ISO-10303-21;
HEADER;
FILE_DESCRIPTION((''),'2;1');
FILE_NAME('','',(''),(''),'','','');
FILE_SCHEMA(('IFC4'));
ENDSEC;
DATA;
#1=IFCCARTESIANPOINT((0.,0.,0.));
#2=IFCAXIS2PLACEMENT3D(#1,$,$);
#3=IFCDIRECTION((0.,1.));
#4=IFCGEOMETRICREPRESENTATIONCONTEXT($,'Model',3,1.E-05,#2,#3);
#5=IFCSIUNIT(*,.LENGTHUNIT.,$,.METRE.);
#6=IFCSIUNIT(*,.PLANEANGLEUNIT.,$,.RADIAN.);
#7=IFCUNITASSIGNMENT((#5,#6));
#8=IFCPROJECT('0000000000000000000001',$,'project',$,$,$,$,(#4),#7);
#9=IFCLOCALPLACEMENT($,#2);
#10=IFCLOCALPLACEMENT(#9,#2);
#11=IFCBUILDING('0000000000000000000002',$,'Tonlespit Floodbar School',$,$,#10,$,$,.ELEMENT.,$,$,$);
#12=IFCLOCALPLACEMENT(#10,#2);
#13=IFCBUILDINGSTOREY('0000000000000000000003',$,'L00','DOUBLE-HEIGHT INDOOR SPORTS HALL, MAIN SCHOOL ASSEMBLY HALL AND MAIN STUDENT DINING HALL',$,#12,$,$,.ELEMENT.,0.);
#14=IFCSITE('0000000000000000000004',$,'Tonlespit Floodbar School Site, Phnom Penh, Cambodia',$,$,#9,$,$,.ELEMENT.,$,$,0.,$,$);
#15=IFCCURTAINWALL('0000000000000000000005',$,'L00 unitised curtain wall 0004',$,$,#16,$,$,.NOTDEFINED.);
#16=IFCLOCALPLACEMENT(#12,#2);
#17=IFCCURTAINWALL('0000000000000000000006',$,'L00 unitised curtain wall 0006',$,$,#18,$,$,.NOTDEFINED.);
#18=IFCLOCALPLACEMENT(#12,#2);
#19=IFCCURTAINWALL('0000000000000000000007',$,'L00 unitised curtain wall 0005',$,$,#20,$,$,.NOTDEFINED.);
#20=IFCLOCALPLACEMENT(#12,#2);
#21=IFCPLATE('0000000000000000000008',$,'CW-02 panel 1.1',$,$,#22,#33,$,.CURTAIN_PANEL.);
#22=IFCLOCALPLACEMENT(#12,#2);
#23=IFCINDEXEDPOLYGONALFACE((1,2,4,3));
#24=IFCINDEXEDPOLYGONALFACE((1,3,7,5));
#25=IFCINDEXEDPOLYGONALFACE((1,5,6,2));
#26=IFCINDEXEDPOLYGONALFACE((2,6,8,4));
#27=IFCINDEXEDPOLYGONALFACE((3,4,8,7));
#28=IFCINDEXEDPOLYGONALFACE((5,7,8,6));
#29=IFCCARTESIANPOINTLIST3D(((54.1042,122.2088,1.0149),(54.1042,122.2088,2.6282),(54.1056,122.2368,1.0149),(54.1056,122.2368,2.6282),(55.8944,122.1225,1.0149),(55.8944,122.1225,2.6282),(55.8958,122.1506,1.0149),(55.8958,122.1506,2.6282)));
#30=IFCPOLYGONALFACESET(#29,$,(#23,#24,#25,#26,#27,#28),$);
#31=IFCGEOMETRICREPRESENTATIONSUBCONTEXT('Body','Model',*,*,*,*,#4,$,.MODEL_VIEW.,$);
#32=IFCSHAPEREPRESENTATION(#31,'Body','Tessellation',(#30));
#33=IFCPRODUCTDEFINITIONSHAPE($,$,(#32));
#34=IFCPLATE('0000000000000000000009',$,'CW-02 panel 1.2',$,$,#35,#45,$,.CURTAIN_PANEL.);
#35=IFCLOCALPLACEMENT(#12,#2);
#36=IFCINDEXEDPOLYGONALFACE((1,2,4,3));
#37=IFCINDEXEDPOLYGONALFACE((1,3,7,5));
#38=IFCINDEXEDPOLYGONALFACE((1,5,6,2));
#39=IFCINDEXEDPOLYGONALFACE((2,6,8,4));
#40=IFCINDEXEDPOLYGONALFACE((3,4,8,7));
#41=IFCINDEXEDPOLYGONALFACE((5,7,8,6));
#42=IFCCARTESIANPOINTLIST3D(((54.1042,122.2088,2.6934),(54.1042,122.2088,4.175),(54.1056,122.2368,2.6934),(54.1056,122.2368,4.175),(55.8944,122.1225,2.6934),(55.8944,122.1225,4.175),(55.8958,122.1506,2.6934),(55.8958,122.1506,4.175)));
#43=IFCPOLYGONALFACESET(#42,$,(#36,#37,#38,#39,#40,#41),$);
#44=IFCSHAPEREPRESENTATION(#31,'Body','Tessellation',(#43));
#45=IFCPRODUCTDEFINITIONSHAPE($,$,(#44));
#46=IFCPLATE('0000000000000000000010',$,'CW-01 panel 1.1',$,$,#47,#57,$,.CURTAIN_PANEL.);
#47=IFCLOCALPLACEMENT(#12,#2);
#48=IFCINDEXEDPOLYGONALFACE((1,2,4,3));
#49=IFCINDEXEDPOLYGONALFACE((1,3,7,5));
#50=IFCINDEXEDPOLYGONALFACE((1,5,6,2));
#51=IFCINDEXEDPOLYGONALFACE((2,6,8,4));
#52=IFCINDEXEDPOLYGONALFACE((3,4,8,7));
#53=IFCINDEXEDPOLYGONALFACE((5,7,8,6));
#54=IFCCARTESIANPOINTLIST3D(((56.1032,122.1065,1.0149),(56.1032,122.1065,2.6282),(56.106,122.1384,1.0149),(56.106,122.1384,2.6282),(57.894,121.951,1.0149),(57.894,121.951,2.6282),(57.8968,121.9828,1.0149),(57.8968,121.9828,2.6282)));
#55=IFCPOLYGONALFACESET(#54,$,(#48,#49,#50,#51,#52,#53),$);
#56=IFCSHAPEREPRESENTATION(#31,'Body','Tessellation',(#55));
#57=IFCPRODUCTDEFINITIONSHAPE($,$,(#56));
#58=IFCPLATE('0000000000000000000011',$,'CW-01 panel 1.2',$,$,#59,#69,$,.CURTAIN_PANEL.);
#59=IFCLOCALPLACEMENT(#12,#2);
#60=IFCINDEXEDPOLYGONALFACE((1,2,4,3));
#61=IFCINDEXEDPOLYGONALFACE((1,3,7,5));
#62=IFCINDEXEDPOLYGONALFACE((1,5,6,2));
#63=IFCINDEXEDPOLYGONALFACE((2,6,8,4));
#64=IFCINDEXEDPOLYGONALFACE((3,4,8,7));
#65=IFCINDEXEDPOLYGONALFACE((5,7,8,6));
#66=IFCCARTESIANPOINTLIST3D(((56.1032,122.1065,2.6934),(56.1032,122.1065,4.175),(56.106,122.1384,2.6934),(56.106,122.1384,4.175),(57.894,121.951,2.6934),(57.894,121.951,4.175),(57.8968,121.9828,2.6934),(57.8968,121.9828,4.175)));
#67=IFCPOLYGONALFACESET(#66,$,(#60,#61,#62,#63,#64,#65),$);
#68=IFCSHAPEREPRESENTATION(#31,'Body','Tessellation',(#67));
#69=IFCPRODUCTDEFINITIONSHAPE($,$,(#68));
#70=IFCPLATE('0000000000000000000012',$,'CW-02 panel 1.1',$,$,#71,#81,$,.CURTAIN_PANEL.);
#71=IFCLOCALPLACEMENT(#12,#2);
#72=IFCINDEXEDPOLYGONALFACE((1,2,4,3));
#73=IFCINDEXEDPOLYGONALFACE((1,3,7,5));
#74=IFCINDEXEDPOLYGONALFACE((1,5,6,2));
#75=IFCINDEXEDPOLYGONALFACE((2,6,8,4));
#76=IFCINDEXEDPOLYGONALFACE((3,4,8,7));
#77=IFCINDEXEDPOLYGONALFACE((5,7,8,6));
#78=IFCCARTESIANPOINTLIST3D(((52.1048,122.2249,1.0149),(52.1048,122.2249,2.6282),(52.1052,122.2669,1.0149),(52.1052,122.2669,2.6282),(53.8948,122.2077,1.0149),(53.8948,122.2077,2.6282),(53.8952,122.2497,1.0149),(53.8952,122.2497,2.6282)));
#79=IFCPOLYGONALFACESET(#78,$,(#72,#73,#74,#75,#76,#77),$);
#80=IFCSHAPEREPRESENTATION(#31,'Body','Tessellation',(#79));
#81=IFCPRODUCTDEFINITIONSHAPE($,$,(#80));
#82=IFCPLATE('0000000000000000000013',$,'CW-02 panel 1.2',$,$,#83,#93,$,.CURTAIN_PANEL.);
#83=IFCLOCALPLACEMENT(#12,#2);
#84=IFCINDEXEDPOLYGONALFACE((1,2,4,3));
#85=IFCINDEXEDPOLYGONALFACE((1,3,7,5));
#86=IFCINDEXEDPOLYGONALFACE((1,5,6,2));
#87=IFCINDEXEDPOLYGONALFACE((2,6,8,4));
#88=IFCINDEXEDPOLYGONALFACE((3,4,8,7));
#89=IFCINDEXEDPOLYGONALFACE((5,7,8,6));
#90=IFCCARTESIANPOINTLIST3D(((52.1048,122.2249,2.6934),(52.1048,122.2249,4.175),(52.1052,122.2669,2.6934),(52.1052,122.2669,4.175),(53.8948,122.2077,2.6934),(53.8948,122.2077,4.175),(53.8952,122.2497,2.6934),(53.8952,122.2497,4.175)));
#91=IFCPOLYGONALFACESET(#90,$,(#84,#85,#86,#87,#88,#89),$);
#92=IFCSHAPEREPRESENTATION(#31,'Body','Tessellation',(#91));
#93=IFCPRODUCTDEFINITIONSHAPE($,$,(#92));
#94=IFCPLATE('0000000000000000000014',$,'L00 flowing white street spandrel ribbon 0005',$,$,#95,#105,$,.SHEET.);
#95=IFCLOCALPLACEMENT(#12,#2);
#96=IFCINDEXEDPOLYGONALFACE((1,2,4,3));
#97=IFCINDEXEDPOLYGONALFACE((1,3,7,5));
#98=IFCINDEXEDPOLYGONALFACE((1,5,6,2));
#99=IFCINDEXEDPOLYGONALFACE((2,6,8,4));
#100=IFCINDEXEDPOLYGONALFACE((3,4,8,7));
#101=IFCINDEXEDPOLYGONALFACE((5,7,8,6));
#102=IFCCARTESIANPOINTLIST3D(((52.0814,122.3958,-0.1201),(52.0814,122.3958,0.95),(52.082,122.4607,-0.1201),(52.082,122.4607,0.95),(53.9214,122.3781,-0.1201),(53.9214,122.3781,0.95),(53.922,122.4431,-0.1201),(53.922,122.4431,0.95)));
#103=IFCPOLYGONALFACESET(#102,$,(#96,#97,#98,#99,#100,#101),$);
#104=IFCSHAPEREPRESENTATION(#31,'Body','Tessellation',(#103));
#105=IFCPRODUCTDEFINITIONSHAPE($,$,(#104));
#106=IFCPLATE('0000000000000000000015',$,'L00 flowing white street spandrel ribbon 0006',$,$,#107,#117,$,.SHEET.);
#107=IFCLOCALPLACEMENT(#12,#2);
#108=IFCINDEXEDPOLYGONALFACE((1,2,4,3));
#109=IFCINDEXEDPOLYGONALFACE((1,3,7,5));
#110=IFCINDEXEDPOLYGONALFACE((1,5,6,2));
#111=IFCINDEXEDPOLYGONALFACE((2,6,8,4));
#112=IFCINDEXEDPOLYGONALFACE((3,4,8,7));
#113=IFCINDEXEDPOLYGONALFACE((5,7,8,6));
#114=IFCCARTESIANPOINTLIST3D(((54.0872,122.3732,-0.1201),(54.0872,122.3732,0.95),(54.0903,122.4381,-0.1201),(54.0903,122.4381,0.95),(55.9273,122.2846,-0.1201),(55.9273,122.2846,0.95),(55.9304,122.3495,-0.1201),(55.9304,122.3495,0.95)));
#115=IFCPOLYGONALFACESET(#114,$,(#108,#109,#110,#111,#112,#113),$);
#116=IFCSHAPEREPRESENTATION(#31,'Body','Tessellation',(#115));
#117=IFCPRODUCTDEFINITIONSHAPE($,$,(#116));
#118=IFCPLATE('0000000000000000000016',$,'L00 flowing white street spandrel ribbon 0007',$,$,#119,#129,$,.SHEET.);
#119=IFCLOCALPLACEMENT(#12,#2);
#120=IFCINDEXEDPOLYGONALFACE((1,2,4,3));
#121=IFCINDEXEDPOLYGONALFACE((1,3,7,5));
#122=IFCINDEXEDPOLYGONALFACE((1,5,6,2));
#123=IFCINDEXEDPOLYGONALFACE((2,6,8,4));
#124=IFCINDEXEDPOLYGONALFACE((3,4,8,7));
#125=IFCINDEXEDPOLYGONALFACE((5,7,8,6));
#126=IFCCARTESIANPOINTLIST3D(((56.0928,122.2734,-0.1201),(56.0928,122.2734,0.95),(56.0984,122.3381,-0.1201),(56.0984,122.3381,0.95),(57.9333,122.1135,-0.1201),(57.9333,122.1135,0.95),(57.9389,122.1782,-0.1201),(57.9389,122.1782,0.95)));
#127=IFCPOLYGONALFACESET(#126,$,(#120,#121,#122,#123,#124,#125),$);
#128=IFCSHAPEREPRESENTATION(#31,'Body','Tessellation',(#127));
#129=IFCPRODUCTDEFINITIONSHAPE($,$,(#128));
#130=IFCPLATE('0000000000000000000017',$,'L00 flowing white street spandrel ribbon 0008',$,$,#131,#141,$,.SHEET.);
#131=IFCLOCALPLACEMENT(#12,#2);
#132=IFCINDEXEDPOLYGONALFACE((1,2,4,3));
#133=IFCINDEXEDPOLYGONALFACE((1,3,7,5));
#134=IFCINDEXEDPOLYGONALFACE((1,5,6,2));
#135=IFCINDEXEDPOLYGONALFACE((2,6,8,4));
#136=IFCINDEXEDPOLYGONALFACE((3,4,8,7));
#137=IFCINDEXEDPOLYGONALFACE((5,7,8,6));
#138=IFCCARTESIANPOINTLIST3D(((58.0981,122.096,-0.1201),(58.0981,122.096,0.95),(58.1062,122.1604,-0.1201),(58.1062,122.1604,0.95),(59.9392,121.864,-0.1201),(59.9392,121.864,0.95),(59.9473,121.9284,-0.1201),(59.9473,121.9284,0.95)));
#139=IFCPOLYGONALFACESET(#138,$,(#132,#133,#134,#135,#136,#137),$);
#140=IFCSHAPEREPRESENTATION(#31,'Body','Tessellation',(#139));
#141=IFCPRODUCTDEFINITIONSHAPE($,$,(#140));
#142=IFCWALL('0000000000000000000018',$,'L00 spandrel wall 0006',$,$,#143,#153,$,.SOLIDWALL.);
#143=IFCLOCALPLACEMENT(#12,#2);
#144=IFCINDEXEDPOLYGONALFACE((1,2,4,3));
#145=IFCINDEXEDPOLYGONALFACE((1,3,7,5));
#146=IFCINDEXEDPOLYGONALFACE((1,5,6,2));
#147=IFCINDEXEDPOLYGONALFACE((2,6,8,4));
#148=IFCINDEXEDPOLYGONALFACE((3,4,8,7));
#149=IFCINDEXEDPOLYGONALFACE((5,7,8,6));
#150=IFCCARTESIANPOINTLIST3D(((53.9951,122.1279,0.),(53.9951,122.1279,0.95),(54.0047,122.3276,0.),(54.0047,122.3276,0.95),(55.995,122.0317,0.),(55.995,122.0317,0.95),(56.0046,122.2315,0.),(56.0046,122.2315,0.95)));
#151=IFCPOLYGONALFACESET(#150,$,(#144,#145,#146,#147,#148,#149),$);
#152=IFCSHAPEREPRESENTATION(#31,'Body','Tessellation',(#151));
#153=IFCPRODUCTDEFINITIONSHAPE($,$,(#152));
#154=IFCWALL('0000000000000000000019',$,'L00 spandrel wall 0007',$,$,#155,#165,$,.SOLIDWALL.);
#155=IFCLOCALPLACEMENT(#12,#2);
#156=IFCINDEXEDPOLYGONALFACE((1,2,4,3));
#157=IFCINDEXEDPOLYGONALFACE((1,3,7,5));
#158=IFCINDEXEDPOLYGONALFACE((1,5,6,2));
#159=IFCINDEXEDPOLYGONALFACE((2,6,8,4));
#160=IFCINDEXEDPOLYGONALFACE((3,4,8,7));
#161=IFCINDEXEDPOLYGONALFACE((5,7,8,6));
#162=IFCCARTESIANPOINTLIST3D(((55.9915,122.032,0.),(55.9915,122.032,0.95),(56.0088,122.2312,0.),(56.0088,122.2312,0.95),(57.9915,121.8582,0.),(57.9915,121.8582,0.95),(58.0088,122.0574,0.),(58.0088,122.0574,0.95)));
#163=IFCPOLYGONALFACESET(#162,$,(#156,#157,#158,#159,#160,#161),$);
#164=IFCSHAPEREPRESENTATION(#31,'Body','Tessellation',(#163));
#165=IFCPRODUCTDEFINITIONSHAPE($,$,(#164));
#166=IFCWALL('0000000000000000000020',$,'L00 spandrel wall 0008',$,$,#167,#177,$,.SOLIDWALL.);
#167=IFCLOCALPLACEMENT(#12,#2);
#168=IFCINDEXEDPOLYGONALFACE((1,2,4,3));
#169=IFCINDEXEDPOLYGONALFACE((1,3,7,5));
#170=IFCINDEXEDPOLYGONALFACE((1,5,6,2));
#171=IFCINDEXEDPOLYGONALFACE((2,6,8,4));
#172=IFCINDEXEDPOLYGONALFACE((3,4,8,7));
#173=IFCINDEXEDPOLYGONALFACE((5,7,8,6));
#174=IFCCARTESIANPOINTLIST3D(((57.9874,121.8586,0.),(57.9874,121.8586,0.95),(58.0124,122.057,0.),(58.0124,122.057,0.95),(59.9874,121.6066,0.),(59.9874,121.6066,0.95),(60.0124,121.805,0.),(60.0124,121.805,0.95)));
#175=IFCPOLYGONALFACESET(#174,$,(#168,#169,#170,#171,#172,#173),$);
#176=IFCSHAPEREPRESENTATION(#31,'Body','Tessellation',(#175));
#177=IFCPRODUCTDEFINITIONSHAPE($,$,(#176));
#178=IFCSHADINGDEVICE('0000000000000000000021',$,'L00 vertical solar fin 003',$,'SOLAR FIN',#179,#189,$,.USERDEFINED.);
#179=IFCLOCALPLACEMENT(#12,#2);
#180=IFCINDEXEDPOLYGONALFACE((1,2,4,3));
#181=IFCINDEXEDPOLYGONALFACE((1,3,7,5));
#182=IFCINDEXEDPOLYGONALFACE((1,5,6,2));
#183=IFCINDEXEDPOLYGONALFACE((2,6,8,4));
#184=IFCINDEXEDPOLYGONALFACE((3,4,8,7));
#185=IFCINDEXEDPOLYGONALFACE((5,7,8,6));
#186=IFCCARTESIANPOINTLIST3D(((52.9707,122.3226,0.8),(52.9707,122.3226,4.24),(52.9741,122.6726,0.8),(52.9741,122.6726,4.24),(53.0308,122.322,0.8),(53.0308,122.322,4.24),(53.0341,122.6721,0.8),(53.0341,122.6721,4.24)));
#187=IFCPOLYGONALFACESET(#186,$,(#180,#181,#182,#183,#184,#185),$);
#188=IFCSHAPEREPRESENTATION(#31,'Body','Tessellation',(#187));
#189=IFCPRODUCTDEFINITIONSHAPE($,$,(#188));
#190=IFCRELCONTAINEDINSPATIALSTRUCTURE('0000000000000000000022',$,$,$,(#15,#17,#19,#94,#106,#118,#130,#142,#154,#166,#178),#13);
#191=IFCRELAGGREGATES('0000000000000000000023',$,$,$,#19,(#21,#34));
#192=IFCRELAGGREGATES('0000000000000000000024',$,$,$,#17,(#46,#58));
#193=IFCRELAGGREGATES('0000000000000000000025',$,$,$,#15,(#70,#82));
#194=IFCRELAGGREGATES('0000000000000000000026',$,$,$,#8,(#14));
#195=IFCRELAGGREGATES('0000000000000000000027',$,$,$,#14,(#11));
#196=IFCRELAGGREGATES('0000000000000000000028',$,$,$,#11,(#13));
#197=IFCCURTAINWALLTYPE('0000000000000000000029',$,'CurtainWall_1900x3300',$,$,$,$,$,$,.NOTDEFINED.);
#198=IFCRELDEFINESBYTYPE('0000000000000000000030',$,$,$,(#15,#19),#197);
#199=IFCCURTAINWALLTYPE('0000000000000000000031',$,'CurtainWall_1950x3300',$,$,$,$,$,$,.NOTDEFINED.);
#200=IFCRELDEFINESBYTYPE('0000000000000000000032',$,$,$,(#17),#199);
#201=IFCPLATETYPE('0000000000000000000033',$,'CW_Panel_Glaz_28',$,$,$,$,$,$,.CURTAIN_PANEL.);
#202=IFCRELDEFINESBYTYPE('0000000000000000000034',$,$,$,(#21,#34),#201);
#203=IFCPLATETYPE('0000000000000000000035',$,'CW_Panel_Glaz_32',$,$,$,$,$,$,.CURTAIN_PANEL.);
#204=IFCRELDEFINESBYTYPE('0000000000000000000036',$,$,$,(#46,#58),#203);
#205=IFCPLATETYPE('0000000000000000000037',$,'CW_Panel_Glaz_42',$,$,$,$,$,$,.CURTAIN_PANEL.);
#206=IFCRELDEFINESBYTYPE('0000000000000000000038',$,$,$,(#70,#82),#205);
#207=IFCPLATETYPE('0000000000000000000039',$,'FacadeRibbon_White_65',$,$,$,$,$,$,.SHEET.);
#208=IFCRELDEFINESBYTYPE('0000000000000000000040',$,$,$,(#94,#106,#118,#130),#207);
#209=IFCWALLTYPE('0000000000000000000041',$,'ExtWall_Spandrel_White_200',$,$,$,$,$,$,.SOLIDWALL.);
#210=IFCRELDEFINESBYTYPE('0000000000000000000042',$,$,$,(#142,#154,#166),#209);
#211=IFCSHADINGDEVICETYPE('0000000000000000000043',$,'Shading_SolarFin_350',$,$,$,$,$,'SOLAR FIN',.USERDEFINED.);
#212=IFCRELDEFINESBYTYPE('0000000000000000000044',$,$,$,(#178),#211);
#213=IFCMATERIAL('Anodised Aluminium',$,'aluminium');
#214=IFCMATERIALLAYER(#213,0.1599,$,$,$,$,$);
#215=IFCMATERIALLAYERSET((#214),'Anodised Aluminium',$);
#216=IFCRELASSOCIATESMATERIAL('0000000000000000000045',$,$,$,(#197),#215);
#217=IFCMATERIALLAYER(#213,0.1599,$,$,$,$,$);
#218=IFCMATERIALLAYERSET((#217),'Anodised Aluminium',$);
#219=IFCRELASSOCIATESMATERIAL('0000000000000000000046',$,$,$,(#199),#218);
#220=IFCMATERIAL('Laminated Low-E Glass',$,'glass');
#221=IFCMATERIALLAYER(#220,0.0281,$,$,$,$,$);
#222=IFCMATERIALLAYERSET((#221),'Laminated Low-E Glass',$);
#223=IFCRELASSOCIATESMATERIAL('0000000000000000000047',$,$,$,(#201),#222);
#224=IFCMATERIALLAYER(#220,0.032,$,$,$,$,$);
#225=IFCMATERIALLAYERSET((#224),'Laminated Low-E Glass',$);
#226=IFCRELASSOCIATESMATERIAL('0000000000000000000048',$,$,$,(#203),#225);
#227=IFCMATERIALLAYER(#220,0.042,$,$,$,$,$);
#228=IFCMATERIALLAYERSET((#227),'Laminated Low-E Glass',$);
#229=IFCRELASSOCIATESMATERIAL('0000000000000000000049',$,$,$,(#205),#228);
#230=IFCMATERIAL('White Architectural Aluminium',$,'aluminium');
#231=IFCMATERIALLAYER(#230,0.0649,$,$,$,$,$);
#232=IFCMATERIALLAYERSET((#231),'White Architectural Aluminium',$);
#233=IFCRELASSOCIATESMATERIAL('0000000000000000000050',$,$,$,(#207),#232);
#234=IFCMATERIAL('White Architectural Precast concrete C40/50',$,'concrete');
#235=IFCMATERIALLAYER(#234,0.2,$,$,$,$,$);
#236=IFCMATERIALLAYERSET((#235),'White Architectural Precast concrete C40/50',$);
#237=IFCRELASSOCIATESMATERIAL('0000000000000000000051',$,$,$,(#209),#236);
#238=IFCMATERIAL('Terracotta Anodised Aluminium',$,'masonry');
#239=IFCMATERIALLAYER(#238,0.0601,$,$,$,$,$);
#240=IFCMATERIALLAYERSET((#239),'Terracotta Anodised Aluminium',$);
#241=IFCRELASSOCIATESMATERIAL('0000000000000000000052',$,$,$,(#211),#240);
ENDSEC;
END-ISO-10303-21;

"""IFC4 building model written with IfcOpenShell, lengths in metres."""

from ifc_helpers import new_model, si_unit, direction, frame, frame_2d, origin, origin_2d, place, context, subcontext, project, spatial, rectangle, extrude, material, layer, layer_set, type_object, element, aggregate, save


model = new_model("IFC4")

# Units and contexts
model_context = context("Model", 3, precision=1e-05, world=origin(), true_north=direction((0.0, 1.0)))
body_context = subcontext(model_context, "Body", "Model", "MODEL_VIEW")
ifc_project = project(units=[si_unit("LENGTHUNIT", "METRE"), si_unit("PLANEANGLEUNIT", "RADIAN")], contexts=[model_context])

# Site, building, storey
site_placement = place(None, origin())
site = spatial("IfcSite", under=ifc_project, at=site_placement, Name="Tonlespit Floodbar School Site, Phnom Penh, Cambodia", CompositionType="ELEMENT", RefElevation=0.0)
building_placement = place(site_placement, origin())
building = spatial("IfcBuilding", under=site, at=building_placement, Name="Tonlespit Floodbar School", CompositionType="ELEMENT")
storey_placement = place(building_placement, origin())
storey = spatial("IfcBuildingStorey", under=building, at=storey_placement, Name="L00", Description="DOUBLE-HEIGHT INDOOR SPORTS HALL, MAIN SCHOOL ASSEMBLY HALL AND MAIN STUDENT DINING HALL", CompositionType="ELEMENT", Elevation=0.0)

# Curtain wall
ifc_material_1 = material(Name="Anodised Aluminium", Category="aluminium")
ifc_layer_1 = layer(ifc_material_1, 0.1599)
ifc_layer_set_1 = layer_set([ifc_layer_1], Name="Anodised Aluminium")
curtain_wall_type_1 = type_object("IfcCurtainWallType", Name="CurtainWall_1900x3300", PredefinedType="NOTDEFINED", material=ifc_layer_set_1)
curtain_wall_1_placement = place(storey_placement, origin())
curtain_wall_1 = element("IfcCurtainWall", 1, at=curtain_wall_1_placement, inside=storey, type_object=curtain_wall_type_1, Name="L00 unitised curtain wall 0004", PredefinedType="NOTDEFINED")

# Curtain walls
ifc_layer_2 = layer(ifc_material_1, 0.1599)
ifc_layer_set_2 = layer_set([ifc_layer_2], Name="Anodised Aluminium")
curtain_wall_type_2 = type_object("IfcCurtainWallType", Name="CurtainWall_1950x3300", PredefinedType="NOTDEFINED", material=ifc_layer_set_2)
curtain_wall_2_placement = place(storey_placement, origin())
curtain_wall_2 = element("IfcCurtainWall", 2, at=curtain_wall_2_placement, inside=storey, type_object=curtain_wall_type_2, Name="L00 unitised curtain wall 0006", PredefinedType="NOTDEFINED")
curtain_wall_3_placement = place(storey_placement, origin())
curtain_wall_3 = element("IfcCurtainWall", 3, at=curtain_wall_3_placement, inside=storey, type_object=curtain_wall_type_1, Name="L00 unitised curtain wall 0005", PredefinedType="NOTDEFINED")

# Plates
ifc_material_2 = material(Name="Laminated Low-E Glass", Category="glass")
ifc_layer_3 = layer(ifc_material_2, 0.0281)
ifc_layer_set_3 = layer_set([ifc_layer_3], Name="Laminated Low-E Glass")
plate_type_1 = type_object("IfcPlateType", Name="CW_Panel_Glaz_28", PredefinedType="CURTAIN_PANEL", material=ifc_layer_set_3)
plate_1_placement = place(storey_placement, frame((55.0, 122.1797, 1.0149), z_axis=(0.0, 0.0, 1.0), x_axis=(0.998842, -0.048121, 0.0)))
plate_1 = element("IfcPlate", 4, at=plate_1_placement, type_object=plate_type_1, Name="CW-02 panel 1.1", PredefinedType="CURTAIN_PANEL", context=body_context, shape_type="SweptSolid", body=[
    extrude(rectangle(XDim=1.7922, YDim=0.0281, at=origin_2d()), origin(), (0.0, 0.0, 1.0), 1.6133),
])
plate_2_placement = place(storey_placement, frame((55.0, 122.1797, 2.6934), z_axis=(0.0, 0.0, 1.0), x_axis=(0.998842, -0.048121, 0.0)))
plate_2 = element("IfcPlate", 5, at=plate_2_placement, type_object=plate_type_1, Name="CW-02 panel 1.2", PredefinedType="CURTAIN_PANEL", context=body_context, shape_type="SweptSolid", body=[
    extrude(rectangle(XDim=1.7922, YDim=0.0281, at=origin_2d()), origin(), (0.0, 0.0, 1.0), 1.4817),
])
aggregate(curtain_wall_3, [plate_1, plate_2])
ifc_layer_4 = layer(ifc_material_2, 0.032)
ifc_layer_set_4 = layer_set([ifc_layer_4], Name="Laminated Low-E Glass")
plate_type_2 = type_object("IfcPlateType", Name="CW_Panel_Glaz_32", PredefinedType="CURTAIN_PANEL", material=ifc_layer_set_4)
plate_3_placement = place(storey_placement, frame((57.0, 122.0447, 1.0149), z_axis=(0.0, 0.0, 1.0), x_axis=(0.996249, -0.086531, 0.0)))
plate_3 = element("IfcPlate", 6, at=plate_3_placement, type_object=plate_type_2, Name="CW-01 panel 1.1", PredefinedType="CURTAIN_PANEL", context=body_context, shape_type="SweptSolid", body=[
    extrude(rectangle(XDim=1.7976, YDim=0.032, at=origin_2d()), origin(), (0.0, 0.0, 1.0), 1.6133),
])
plate_4_placement = place(storey_placement, frame((57.0, 122.0447, 2.6934), z_axis=(0.0, 0.0, 1.0), x_axis=(0.996249, -0.086531, 0.0)))
plate_4 = element("IfcPlate", 7, at=plate_4_placement, type_object=plate_type_2, Name="CW-01 panel 1.2", PredefinedType="CURTAIN_PANEL", context=body_context, shape_type="SweptSolid", body=[
    extrude(rectangle(XDim=1.7976, YDim=0.032, at=origin_2d()), origin(), (0.0, 0.0, 1.0), 1.4817),
])
aggregate(curtain_wall_2, [plate_3, plate_4])
ifc_layer_5 = layer(ifc_material_2, 0.042)
ifc_layer_set_5 = layer_set([ifc_layer_5], Name="Laminated Low-E Glass")
plate_type_3 = type_object("IfcPlateType", Name="CW_Panel_Glaz_42", PredefinedType="CURTAIN_PANEL", material=ifc_layer_set_5)
plate_5_placement = place(storey_placement, frame((53.0, 122.2373, 1.0149), z_axis=(0.0, 0.0, 1.0), x_axis=(0.999954, -0.009583, 0.0)))
plate_5 = element("IfcPlate", 8, at=plate_5_placement, type_object=plate_type_3, Name="CW-02 panel 1.1", PredefinedType="CURTAIN_PANEL", context=body_context, shape_type="SweptSolid", body=[
    extrude(rectangle(XDim=1.79, YDim=0.042, at=origin_2d()), origin(), (0.0, 0.0, 1.0), 1.6133),
])
plate_6_placement = place(storey_placement, frame((53.0, 122.2373, 2.6934), z_axis=(0.0, 0.0, 1.0), x_axis=(0.999954, -0.009583, 0.0)))
plate_6 = element("IfcPlate", 9, at=plate_6_placement, type_object=plate_type_3, Name="CW-02 panel 1.2", PredefinedType="CURTAIN_PANEL", context=body_context, shape_type="SweptSolid", body=[
    extrude(rectangle(XDim=1.79, YDim=0.042, at=origin_2d()), origin(), (0.0, 0.0, 1.0), 1.4817),
])
aggregate(curtain_wall_1, [plate_5, plate_6])

# Plates
ifc_material_3 = material(Name="White Architectural Aluminium", Category="aluminium")
ifc_layer_6 = layer(ifc_material_3, 0.0649)
ifc_layer_set_6 = layer_set([ifc_layer_6], Name="White Architectural Aluminium")
plate_type_4 = type_object("IfcPlateType", Name="FacadeRibbon_White_65", PredefinedType="SHEET", material=ifc_layer_set_6)
plate_7_placement = place(storey_placement, frame((53.0017, 122.4194, -0.1201), z_axis=(0.0, 0.0, 1.0), x_axis=(0.999954, -0.009599, 0.0)))
element("IfcPlate", 10, at=plate_7_placement, inside=storey, type_object=plate_type_4, Name="L00 flowing white street spandrel ribbon 0005", PredefinedType="SHEET", context=body_context, shape_type="SweptSolid", body=[
    extrude(rectangle(XDim=1.8401, YDim=0.0649, at=origin_2d()), origin(), (0.0, 0.0, 1.0), 1.0701),
])
plate_8_placement = place(storey_placement, frame((55.0088, 122.3613, -0.1201), z_axis=(0.0, 0.0, 1.0), x_axis=(0.998843, -0.048095, 0.0)))
element("IfcPlate", 11, at=plate_8_placement, inside=storey, type_object=plate_type_4, Name="L00 flowing white street spandrel ribbon 0006", PredefinedType="SHEET", context=body_context, shape_type="SweptSolid", body=[
    extrude(rectangle(XDim=1.8423, YDim=0.0649, at=origin_2d()), origin(), (0.0, 0.0, 1.0), 1.0701),
])
plate_9_placement = place(storey_placement, frame((57.0159, 122.2258, -0.1201), z_axis=(0.0, 0.0, 1.0), x_axis=(0.996245, -0.086573, 0.0)))
element("IfcPlate", 12, at=plate_9_placement, inside=storey, type_object=plate_type_4, Name="L00 flowing white street spandrel ribbon 0007", PredefinedType="SHEET", context=body_context, shape_type="SweptSolid", body=[
    extrude(rectangle(XDim=1.8474, YDim=0.0649, at=origin_2d()), origin(), (0.0, 0.0, 1.0), 1.0701),
])
plate_10_placement = place(storey_placement, frame((59.0227, 122.0122, -0.1201), z_axis=(0.0, 0.0, 1.0), x_axis=(0.992155, -0.125011, 0.0)))
element("IfcPlate", 13, at=plate_10_placement, inside=storey, type_object=plate_type_4, Name="L00 flowing white street spandrel ribbon 0008", PredefinedType="SHEET", context=body_context, shape_type="SweptSolid", body=[
    extrude(rectangle(XDim=1.8557, YDim=0.0649, at=origin_2d()), origin(), (0.0, 0.0, 1.0), 1.0701),
])

# Walls
ifc_material_4 = material(Name="White Architectural Precast concrete C40/50", Category="concrete")
ifc_layer_7 = layer(ifc_material_4, 0.2)
ifc_layer_set_7 = layer_set([ifc_layer_7], Name="White Architectural Precast concrete C40/50")
wall_type = type_object("IfcWallType", Name="ExtWall_Spandrel_White_200", PredefinedType="SOLIDWALL", material=ifc_layer_set_7)
wall_1_placement = place(storey_placement, frame((54.0, 122.2278, 0.0), z_axis=(0.0, 0.0, 1.0), x_axis=(0.998845, -0.04804, 0.0)))
element("IfcWall", 14, at=wall_1_placement, inside=storey, type_object=wall_type, Name="L00 spandrel wall 0006", PredefinedType="SOLIDWALL", context=body_context, shape_type="SweptSolid", body=[
    extrude(rectangle(XDim=2.0022, YDim=0.2, at=frame_2d((1.001, 0.0))), origin(), (0.0, 0.0, 1.0), 0.95),
])
wall_2_placement = place(storey_placement, frame((56.0, 122.1316, 0.0), z_axis=(0.0, 0.0, 1.0), x_axis=(0.996244, -0.086588, 0.0)))
element("IfcWall", 15, at=wall_2_placement, inside=storey, type_object=wall_type, Name="L00 spandrel wall 0007", PredefinedType="SOLIDWALL", context=body_context, shape_type="SweptSolid", body=[
    extrude(rectangle(XDim=2.0076, YDim=0.2, at=frame_2d((1.0039, 0.0))), origin(), (0.0, 0.0, 1.0), 0.95),
])
wall_3_placement = place(storey_placement, frame((58.0, 121.9578, 0.0), z_axis=(0.0, 0.0, 1.0), x_axis=(0.992158, -0.124989, 0.0)))
element("IfcWall", 16, at=wall_3_placement, inside=storey, type_object=wall_type, Name="L00 spandrel wall 0008", PredefinedType="SOLIDWALL", context=body_context, shape_type="SweptSolid", body=[
    extrude(rectangle(XDim=2.0159, YDim=0.2, at=frame_2d((1.0078, 0.0))), origin(), (0.0, 0.0, 1.0), 0.95),
])

# Shading device
ifc_material_5 = material(Name="Terracotta Anodised Aluminium", Category="masonry")
ifc_layer_8 = layer(ifc_material_5, 0.0601)
ifc_layer_set_8 = layer_set([ifc_layer_8], Name="Terracotta Anodised Aluminium")
shading_device_type = type_object("IfcShadingDeviceType", Name="Shading_SolarFin_350", ElementType="SOLAR FIN", PredefinedType="USERDEFINED", material=ifc_layer_set_8)
for number, where, z_axis, x_axis, name in (
    (17, (53.0024, 122.4973, 0.8), (0.0, 0.0, 1.0), (0.999954, -0.009599, 0.0), "L00 vertical solar fin 003"),
):
    element("IfcShadingDevice", number, at=place(storey_placement, frame(where, z_axis=z_axis, x_axis=x_axis)), inside=storey, type_object=shading_device_type, Name=name, ObjectType="SOLAR FIN", PredefinedType="USERDEFINED", context=body_context, shape_type="SweptSolid", body=[
        extrude(rectangle(XDim=0.0601, YDim=0.3501, at=origin_2d()), origin(), (0.0, 0.0, 1.0), 3.4399),
    ])

save(model, "model.ifc")
